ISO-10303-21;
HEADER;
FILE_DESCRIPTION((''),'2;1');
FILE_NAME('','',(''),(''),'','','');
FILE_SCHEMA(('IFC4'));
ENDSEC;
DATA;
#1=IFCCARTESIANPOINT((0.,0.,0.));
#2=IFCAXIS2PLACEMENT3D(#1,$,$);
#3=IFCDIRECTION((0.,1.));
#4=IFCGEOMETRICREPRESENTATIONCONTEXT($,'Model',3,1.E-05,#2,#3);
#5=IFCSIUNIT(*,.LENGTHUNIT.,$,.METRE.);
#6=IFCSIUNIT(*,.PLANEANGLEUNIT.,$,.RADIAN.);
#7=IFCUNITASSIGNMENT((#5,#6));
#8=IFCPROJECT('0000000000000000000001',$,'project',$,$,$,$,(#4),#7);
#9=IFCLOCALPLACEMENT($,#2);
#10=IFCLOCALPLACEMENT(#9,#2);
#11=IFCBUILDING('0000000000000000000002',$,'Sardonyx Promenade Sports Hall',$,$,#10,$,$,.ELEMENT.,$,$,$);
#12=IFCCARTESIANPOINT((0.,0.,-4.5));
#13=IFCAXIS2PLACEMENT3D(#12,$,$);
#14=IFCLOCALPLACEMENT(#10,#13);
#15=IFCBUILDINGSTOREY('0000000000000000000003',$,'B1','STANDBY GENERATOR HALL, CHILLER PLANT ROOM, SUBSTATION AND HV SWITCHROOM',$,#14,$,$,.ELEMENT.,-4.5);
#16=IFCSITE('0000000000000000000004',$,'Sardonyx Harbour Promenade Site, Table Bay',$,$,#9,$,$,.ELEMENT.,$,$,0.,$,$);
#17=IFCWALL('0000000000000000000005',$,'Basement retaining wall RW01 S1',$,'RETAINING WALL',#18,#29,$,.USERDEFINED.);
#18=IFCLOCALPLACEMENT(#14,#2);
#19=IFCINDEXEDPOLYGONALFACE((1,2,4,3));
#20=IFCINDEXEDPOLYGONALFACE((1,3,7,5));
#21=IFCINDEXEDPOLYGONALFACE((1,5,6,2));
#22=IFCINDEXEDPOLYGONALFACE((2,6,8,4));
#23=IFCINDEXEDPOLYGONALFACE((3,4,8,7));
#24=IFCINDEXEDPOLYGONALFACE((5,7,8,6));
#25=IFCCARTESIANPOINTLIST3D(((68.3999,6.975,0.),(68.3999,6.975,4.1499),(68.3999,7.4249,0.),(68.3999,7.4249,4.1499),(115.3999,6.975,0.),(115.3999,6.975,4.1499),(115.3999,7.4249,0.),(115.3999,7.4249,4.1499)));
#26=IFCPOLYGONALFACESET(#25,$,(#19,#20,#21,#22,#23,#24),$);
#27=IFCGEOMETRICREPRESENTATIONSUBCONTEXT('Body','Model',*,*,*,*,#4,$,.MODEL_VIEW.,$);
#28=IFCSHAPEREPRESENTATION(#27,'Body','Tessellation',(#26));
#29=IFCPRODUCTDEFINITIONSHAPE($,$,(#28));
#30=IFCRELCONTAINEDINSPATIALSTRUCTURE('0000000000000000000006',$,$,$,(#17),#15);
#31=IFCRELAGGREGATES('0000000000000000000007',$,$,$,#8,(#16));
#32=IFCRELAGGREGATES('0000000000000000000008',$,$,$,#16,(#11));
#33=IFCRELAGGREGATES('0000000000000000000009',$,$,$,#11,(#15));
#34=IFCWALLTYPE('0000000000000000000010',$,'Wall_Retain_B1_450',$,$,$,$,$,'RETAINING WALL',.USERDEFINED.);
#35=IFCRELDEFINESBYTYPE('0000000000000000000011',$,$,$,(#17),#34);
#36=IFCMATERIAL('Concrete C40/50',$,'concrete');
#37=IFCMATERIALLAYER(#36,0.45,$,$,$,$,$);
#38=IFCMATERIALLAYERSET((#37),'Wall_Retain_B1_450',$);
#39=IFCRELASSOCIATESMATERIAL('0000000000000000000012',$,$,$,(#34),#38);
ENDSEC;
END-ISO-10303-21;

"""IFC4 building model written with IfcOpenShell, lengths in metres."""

from ifc_helpers import new_model, si_unit, direction, frame, frame_2d, origin, place, context, subcontext, project, spatial, rectangle, extrude, material, layer, layer_set, type_object, element, save


model = new_model("IFC4")

# Units and contexts
model_context = context("Model", 3, precision=1e-05, world=origin(), true_north=direction((0.0, 1.0)))
body_context = subcontext(model_context, "Body", "Model", "MODEL_VIEW")
ifc_project = project(units=[si_unit("LENGTHUNIT", "METRE"), si_unit("PLANEANGLEUNIT", "RADIAN")], contexts=[model_context])

# Site, building, storey
site_placement = place(None, origin())
site = spatial("IfcSite", under=ifc_project, at=site_placement, Name="Sardonyx Harbour Promenade Site, Table Bay", CompositionType="ELEMENT", RefElevation=0.0)
building_placement = place(site_placement, origin())
building = spatial("IfcBuilding", under=site, at=building_placement, Name="Sardonyx Promenade Sports Hall", CompositionType="ELEMENT")
storey_placement = place(building_placement, frame((0.0, 0.0, -4.5)))
storey = spatial("IfcBuildingStorey", under=building, at=storey_placement, Name="B1", Description="STANDBY GENERATOR HALL, CHILLER PLANT ROOM, SUBSTATION AND HV SWITCHROOM", CompositionType="ELEMENT", Elevation=-4.5)

# Wall
ifc_material_1 = material(Name="Concrete C40/50", Category="concrete")
ifc_layer = layer(ifc_material_1, 0.45)
ifc_layer_set = layer_set([ifc_layer], Name="Wall_Retain_B1_450")
wall_type = type_object("IfcWallType", Name="Wall_Retain_B1_450", ElementType="RETAINING WALL", PredefinedType="USERDEFINED", material=ifc_layer_set)
wall_placement = place(storey_placement, frame((115.3999, 7.2, 0.0), z_axis=(0.0, 0.0, 1.0), x_axis=(-1.0, 0.0, 0.0)))
element("IfcWall", 1, at=wall_placement, inside=storey, type_object=wall_type, Name="Basement retaining wall RW01 S1", ObjectType="RETAINING WALL", PredefinedType="USERDEFINED", context=body_context, shape_type="SweptSolid", body=[
    extrude(rectangle(XDim=47.0, YDim=0.45, at=frame_2d((23.5, 0.0))), origin(), (0.0, 0.0, 1.0), 4.1499),
])

save(model, "model.ifc")
